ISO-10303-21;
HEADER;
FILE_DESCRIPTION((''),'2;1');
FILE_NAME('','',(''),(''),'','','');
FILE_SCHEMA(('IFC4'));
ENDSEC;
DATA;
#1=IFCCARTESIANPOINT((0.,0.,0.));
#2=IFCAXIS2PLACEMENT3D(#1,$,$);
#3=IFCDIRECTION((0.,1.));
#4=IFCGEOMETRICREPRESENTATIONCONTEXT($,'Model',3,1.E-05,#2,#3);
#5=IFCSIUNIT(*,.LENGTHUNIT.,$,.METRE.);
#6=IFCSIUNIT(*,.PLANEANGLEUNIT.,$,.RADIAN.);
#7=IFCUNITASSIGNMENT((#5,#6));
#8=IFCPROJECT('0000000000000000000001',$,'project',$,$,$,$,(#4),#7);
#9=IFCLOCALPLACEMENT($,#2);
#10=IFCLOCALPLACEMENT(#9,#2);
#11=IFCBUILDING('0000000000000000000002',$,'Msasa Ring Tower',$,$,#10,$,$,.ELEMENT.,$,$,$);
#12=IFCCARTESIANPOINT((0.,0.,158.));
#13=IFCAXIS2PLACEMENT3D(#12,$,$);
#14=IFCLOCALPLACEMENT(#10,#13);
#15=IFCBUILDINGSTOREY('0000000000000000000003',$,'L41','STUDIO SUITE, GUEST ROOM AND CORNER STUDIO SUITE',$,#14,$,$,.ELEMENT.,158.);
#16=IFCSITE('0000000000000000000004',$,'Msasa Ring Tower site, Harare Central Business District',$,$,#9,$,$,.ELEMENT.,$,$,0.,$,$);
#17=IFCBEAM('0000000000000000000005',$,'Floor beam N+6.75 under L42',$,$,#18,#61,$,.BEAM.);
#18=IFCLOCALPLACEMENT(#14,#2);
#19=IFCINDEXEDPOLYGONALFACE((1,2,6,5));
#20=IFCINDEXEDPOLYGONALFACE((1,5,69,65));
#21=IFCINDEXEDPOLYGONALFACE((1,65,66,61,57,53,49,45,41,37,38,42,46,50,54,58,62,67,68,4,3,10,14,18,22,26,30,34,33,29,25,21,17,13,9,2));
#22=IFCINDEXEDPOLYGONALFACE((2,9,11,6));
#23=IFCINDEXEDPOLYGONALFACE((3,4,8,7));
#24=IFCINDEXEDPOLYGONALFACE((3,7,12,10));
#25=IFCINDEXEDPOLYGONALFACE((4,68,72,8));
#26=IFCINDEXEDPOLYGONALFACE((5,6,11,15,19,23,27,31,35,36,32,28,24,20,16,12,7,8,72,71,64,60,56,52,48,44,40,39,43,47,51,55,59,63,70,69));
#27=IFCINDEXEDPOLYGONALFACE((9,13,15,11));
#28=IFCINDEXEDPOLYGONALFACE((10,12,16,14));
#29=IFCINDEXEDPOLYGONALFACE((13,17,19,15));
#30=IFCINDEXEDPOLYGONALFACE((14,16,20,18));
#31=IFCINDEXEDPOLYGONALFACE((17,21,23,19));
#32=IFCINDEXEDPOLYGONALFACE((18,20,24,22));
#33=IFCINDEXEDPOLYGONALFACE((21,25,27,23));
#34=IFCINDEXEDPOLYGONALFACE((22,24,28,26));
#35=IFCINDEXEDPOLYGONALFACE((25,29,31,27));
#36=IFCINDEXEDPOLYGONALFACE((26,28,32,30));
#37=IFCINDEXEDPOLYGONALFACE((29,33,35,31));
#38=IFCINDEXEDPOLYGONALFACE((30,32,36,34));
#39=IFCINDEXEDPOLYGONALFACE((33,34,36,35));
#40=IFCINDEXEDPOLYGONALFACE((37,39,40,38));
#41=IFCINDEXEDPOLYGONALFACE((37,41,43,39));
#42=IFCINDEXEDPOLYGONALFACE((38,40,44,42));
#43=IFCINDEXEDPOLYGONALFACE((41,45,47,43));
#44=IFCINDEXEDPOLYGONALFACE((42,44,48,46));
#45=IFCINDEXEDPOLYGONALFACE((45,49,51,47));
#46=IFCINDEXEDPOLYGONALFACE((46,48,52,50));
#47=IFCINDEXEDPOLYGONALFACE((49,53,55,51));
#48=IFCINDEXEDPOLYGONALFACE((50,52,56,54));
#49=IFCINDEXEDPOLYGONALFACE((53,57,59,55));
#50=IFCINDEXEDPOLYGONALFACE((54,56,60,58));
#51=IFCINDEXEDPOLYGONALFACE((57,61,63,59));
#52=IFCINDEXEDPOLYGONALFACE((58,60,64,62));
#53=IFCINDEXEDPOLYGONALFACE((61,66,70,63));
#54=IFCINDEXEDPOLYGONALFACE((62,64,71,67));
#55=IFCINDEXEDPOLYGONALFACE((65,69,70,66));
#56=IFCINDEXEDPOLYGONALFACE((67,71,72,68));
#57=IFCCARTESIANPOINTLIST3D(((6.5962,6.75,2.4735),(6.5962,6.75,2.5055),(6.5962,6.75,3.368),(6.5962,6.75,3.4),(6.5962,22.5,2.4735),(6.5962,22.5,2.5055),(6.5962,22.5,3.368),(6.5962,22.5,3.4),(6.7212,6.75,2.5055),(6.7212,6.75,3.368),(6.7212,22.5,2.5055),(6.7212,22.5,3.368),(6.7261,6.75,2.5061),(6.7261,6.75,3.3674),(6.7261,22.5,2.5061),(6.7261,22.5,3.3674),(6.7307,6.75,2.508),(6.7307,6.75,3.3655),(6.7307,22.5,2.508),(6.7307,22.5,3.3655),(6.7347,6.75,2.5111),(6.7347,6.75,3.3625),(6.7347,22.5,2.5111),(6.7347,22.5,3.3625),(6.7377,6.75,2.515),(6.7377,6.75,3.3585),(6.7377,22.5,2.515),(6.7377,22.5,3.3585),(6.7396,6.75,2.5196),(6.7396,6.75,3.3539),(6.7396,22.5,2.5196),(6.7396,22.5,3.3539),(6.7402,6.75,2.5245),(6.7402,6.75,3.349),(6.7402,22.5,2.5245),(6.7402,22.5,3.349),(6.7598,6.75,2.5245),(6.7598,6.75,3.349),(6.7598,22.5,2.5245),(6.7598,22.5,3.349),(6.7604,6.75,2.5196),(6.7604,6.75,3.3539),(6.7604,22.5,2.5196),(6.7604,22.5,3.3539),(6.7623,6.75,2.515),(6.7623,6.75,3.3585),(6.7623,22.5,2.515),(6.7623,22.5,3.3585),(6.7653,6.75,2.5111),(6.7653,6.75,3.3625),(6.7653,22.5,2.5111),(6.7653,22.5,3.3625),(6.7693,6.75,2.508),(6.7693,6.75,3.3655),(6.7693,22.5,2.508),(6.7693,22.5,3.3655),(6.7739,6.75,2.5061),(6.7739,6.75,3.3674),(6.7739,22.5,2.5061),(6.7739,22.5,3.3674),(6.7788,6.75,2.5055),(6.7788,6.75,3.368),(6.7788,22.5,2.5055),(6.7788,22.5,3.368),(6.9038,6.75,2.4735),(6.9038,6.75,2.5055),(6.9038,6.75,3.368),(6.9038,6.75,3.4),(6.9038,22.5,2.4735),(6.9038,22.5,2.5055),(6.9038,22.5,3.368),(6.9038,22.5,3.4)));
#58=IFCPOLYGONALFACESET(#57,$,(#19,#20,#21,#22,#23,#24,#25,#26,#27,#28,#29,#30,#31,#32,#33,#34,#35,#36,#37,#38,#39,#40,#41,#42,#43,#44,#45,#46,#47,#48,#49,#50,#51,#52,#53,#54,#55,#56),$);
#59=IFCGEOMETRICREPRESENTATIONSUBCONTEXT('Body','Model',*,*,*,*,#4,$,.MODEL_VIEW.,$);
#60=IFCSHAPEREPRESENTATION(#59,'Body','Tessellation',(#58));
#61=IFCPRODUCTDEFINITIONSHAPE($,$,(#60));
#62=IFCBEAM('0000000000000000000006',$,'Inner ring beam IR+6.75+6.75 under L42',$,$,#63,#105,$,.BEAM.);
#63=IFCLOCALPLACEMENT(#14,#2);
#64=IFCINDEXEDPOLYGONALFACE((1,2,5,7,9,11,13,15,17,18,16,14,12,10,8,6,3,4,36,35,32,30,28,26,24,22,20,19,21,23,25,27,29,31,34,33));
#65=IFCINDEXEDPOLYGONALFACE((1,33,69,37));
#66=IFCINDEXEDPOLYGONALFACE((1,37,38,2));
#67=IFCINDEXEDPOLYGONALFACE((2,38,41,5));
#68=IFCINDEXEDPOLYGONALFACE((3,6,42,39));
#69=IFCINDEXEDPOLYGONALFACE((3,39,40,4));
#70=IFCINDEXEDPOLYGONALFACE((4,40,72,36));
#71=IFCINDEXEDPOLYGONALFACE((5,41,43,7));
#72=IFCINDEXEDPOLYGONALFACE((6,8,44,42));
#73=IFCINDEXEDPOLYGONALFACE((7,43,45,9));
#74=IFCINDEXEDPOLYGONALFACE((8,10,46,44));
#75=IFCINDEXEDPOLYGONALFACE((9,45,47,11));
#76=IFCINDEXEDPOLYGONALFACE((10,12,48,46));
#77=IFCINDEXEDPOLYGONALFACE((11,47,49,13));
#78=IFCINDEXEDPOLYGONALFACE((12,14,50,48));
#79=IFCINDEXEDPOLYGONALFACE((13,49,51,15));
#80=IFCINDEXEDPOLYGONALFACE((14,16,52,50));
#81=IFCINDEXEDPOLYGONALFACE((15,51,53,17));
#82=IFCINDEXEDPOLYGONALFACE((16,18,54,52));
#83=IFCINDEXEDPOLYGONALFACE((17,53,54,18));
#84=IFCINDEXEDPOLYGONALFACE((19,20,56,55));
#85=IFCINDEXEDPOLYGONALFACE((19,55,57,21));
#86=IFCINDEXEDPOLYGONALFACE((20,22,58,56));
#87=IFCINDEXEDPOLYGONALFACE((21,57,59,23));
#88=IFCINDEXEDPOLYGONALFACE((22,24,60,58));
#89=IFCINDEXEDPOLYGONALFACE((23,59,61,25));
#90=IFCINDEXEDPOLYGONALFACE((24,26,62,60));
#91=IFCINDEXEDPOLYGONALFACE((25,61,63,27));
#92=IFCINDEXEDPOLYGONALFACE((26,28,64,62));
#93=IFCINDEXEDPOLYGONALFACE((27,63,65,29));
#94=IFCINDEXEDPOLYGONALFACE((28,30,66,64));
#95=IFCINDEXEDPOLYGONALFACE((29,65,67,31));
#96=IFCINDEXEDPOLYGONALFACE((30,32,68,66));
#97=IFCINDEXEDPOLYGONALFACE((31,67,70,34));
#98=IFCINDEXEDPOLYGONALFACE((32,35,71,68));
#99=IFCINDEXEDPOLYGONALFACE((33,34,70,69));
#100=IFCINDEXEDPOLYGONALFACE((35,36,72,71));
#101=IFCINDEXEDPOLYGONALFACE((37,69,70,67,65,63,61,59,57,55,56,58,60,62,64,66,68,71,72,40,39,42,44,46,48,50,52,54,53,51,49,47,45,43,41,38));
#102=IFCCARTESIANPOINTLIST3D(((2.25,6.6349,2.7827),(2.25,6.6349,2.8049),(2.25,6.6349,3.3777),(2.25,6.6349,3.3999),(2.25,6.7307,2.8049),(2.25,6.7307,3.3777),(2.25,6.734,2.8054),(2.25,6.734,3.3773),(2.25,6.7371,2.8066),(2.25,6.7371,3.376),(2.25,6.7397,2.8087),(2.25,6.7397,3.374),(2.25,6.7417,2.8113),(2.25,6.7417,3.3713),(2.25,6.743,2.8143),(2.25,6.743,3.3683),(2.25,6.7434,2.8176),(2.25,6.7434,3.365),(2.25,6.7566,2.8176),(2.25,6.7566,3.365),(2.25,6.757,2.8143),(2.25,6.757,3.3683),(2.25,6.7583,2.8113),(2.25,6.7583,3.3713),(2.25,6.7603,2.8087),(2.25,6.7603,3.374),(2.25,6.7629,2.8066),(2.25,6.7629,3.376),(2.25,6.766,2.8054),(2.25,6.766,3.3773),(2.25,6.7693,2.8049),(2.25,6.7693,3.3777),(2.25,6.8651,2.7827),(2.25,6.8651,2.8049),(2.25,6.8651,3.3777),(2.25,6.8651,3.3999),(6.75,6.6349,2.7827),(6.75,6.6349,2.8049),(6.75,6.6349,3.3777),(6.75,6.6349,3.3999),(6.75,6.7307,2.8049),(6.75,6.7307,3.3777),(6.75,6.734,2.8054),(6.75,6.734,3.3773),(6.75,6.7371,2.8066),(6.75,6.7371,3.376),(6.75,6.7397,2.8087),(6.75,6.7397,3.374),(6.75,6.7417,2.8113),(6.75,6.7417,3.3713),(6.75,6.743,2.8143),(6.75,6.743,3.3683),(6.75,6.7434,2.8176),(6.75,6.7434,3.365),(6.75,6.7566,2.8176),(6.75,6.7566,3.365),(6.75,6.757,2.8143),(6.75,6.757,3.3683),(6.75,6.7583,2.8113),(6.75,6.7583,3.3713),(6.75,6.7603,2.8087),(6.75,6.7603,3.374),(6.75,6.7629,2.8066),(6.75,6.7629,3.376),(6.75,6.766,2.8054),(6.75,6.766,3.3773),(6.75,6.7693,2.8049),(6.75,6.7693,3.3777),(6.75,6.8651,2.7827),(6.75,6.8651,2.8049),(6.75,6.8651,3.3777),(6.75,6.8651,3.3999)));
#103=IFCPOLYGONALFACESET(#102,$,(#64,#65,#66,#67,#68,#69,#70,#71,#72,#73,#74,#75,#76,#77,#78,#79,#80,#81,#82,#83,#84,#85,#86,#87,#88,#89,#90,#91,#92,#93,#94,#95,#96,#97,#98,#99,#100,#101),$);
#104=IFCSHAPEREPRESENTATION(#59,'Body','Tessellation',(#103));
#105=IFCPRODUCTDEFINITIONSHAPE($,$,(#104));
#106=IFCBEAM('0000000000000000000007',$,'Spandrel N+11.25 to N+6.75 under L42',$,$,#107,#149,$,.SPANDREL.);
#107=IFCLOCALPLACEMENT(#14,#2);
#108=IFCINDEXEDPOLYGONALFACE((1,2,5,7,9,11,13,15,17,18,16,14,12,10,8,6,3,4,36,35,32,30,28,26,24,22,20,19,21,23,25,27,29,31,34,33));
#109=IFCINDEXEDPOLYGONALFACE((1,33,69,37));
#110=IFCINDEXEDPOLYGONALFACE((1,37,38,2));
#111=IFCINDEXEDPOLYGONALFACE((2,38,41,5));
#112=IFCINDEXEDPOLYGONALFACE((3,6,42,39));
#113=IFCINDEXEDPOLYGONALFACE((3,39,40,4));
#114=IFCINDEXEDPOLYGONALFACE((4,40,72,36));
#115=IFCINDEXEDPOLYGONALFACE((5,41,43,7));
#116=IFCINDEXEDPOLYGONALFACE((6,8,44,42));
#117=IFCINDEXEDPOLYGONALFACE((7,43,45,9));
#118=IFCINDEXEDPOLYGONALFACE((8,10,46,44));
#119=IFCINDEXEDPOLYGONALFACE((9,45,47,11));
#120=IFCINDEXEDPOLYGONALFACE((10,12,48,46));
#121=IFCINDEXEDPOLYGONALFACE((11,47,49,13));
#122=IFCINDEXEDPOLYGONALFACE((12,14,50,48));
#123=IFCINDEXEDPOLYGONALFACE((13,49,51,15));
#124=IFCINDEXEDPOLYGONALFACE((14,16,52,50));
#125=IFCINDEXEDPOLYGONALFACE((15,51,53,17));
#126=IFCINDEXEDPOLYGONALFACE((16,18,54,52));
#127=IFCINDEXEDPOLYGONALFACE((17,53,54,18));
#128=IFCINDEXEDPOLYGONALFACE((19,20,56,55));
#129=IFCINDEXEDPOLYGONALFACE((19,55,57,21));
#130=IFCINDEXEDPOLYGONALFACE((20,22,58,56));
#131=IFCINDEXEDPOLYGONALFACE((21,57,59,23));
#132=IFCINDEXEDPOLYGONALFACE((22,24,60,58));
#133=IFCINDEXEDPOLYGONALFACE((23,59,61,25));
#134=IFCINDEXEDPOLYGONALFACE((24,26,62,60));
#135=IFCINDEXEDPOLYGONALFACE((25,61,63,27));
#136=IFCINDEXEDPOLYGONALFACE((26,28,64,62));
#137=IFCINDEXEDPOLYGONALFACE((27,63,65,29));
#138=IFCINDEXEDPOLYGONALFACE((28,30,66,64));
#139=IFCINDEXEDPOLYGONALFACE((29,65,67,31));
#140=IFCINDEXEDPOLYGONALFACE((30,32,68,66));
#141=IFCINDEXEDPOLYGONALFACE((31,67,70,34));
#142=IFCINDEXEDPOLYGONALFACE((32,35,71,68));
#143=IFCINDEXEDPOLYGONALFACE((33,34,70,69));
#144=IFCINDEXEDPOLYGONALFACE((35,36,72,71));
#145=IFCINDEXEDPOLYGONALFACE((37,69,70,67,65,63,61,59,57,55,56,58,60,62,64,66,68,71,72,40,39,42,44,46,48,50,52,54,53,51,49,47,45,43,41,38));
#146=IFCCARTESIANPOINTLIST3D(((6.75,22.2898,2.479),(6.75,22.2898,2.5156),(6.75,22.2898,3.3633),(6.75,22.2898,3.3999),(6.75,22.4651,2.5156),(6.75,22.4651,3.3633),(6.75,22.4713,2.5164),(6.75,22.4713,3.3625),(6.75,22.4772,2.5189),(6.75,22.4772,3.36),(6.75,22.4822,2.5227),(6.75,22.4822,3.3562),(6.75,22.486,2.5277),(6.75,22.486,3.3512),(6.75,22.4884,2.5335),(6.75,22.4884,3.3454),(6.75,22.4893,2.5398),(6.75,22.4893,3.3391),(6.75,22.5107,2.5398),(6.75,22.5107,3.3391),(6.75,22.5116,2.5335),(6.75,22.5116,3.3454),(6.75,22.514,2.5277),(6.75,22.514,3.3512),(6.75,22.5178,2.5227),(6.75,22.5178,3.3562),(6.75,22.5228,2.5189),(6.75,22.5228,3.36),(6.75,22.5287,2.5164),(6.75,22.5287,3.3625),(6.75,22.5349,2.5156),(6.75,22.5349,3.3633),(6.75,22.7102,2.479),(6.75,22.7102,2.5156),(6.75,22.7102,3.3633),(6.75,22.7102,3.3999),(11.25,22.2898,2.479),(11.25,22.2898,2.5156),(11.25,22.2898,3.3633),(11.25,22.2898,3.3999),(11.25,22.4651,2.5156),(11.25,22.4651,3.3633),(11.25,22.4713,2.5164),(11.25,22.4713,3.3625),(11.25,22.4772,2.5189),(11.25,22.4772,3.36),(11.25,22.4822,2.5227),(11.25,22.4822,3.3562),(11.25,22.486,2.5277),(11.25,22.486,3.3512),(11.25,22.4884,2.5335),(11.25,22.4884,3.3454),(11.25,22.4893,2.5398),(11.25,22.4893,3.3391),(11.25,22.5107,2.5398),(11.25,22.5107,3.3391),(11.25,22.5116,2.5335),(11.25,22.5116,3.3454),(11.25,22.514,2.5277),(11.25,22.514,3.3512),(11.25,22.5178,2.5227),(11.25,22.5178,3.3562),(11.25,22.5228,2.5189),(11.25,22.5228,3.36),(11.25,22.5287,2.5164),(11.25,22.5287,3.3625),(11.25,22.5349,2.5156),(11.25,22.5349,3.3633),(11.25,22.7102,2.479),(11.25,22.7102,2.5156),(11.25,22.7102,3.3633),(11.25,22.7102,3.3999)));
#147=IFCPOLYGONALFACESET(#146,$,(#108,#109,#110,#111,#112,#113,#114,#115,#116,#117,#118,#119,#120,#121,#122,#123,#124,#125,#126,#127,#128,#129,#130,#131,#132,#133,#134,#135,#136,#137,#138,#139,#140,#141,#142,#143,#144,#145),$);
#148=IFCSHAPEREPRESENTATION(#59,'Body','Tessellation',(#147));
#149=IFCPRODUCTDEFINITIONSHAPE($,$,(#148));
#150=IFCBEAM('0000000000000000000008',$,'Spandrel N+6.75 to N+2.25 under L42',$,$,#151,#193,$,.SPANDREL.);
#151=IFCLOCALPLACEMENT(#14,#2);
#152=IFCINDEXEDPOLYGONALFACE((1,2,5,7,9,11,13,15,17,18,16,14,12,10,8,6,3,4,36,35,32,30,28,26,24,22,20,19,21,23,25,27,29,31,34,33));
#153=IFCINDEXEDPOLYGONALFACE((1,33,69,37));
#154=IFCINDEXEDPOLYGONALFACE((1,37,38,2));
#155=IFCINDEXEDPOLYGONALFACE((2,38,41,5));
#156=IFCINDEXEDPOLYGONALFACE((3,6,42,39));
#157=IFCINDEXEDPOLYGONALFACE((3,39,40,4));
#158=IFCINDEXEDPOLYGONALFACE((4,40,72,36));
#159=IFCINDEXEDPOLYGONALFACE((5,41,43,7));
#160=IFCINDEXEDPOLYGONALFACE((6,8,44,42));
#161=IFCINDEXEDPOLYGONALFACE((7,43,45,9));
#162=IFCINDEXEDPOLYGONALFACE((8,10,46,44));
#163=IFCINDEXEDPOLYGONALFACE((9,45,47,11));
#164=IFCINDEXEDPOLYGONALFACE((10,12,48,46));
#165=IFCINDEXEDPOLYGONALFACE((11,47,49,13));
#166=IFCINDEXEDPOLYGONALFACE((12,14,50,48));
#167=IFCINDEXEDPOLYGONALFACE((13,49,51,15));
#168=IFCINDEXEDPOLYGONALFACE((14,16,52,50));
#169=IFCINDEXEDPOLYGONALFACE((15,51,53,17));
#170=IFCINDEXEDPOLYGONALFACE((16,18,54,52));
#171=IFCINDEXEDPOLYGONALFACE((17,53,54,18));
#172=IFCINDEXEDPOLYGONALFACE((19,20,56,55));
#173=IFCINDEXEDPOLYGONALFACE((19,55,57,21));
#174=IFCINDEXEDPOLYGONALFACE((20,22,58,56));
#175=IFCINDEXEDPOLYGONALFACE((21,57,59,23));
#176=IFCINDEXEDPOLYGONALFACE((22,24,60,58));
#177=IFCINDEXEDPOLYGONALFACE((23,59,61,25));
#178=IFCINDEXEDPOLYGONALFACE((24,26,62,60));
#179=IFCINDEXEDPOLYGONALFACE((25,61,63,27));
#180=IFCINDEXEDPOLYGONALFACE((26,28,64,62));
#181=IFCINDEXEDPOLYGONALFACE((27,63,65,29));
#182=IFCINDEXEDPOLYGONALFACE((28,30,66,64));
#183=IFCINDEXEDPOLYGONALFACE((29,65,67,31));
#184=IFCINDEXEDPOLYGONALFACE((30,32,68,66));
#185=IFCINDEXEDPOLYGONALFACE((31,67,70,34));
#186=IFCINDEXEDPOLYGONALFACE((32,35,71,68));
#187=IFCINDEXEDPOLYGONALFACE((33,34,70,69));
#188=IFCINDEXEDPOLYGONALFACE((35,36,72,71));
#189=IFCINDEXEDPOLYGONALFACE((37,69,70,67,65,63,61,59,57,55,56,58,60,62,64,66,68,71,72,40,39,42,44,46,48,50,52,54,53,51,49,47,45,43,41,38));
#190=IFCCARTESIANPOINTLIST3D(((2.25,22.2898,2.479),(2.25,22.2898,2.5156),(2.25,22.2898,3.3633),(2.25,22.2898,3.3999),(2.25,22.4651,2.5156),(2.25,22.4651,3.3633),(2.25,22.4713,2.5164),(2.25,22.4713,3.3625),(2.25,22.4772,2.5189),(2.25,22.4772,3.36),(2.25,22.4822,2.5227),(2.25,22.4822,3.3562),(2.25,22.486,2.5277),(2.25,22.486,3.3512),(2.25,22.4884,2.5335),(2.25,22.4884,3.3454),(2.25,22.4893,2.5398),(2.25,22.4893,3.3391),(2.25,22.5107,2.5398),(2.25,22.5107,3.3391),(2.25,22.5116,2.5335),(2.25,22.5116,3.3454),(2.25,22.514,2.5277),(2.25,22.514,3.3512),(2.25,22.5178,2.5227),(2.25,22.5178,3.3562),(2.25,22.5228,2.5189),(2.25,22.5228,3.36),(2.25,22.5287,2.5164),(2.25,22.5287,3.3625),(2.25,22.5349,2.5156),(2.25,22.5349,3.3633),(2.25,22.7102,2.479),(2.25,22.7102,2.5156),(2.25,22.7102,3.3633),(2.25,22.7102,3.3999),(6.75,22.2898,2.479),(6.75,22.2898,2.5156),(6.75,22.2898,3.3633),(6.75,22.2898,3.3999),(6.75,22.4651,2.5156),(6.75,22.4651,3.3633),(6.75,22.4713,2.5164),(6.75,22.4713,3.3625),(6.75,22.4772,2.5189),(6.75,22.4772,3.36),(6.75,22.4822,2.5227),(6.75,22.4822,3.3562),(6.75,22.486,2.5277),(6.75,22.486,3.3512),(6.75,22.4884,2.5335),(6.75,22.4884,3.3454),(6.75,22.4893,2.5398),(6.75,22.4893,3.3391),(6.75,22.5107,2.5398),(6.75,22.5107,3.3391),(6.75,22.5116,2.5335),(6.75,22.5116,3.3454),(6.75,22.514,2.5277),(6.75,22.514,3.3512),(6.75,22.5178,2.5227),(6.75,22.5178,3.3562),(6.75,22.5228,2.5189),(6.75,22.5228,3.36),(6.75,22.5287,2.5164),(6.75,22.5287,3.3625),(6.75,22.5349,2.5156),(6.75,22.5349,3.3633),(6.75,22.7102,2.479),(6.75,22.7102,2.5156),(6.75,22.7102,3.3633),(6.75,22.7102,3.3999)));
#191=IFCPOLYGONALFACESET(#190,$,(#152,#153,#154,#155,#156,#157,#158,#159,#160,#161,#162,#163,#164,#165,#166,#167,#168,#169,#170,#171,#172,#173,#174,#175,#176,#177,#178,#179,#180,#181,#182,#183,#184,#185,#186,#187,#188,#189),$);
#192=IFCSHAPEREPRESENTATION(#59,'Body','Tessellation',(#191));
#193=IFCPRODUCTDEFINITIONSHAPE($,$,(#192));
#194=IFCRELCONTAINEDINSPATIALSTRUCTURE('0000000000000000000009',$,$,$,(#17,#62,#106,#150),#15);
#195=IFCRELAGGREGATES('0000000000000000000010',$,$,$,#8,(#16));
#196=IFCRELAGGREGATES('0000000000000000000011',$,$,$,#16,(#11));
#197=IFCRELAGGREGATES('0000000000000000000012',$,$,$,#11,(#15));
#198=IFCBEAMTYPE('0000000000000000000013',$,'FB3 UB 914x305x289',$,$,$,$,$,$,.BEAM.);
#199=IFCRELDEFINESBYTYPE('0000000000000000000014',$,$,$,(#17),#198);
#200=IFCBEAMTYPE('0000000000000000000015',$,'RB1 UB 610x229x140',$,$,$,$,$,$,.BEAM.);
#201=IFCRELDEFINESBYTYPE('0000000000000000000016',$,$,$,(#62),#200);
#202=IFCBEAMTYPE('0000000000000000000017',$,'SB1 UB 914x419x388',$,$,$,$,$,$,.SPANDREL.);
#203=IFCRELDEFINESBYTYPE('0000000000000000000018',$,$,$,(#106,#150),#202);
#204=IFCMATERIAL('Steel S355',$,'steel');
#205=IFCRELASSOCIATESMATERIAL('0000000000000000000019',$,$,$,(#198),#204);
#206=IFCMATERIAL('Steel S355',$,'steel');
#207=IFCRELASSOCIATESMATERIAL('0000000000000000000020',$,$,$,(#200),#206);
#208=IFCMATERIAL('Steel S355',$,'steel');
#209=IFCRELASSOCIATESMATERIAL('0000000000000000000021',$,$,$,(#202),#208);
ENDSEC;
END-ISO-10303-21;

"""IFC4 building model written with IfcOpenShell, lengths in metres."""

from ifc_helpers import new_model, si_unit, direction, frame, origin, origin_2d, place, context, subcontext, project, spatial, i_section, extrude, material, material_profile, profile_set, type_object, element, save


model = new_model("IFC4")

# Units and contexts
model_context = context("Model", 3, precision=1e-05, world=origin(), true_north=direction((0.0, 1.0)))
body_context = subcontext(model_context, "Body", "Model", "MODEL_VIEW")
ifc_project = project(units=[si_unit("LENGTHUNIT", "METRE"), si_unit("PLANEANGLEUNIT", "RADIAN")], contexts=[model_context])

# Site, building, storey
site_placement = place(None, origin())
site = spatial("IfcSite", under=ifc_project, at=site_placement, Name="Msasa Ring Tower site, Harare Central Business District", CompositionType="ELEMENT", RefElevation=0.0)
building_placement = place(site_placement, origin())
building = spatial("IfcBuilding", under=site, at=building_placement, Name="Msasa Ring Tower", CompositionType="ELEMENT")
storey_placement = place(building_placement, frame((0.0, 0.0, 158.0)))
storey = spatial("IfcBuildingStorey", under=building, at=storey_placement, Name="L41", Description="STUDIO SUITE, GUEST ROOM AND CORNER STUDIO SUITE", CompositionType="ELEMENT", Elevation=158.0)

# Beams
ifc_material_1 = material(Name="Steel S355", Category="steel")
ifc_material_profile_1 = material_profile(ifc_material_1, i_section(OverallWidth=0.3076, OverallDepth=0.9265, WebThickness=0.0195, FlangeThickness=0.032, FilletRadius=0.019, at=origin_2d()), Name="UB 914x305x289")
ifc_profile_set_1 = profile_set([ifc_material_profile_1], Name="Steel S355")
beam_type_1 = type_object("IfcBeamType", Name="FB3 UB 914x305x289", PredefinedType="BEAM", material=ifc_profile_set_1)
for number, where, z_axis, x_axis, name in (
    (1, (6.75, 22.5, 2.9368), (0.0, -1.0, 0.0), (1.0, 0.0, 0.0), "Floor beam N+6.75 under L42"),
):
    element("IfcBeam", number, at=place(storey_placement, frame(where, z_axis=z_axis, x_axis=x_axis)), inside=storey, type_object=beam_type_1, Name=name, PredefinedType="BEAM", context=body_context, shape_type="SweptSolid", body=[
        extrude(i_section(OverallWidth=0.3076, OverallDepth=0.9265, WebThickness=0.0195, FlangeThickness=0.032, FilletRadius=0.019, at=origin_2d()), origin(), (0.0, 0.0, 1.0), 15.75),
    ])
ifc_material_2 = material(Name="Steel S355", Category="steel")
ifc_material_profile_2 = material_profile(ifc_material_2, i_section(OverallWidth=0.2302, OverallDepth=0.6172, WebThickness=0.0132, FlangeThickness=0.0222, FilletRadius=0.0127, at=origin_2d()), Name="UB 610x229x140")
ifc_profile_set_2 = profile_set([ifc_material_profile_2], Name="Steel S355")
beam_type_2 = type_object("IfcBeamType", Name="RB1 UB 610x229x140", PredefinedType="BEAM", material=ifc_profile_set_2)
beam_placement = place(storey_placement, frame((6.75, 6.75, 3.0913), z_axis=(-1.0, 0.0, 0.0), x_axis=(0.0, -1.0, 0.0)))
element("IfcBeam", 2, at=beam_placement, inside=storey, type_object=beam_type_2, Name="Inner ring beam IR+6.75+6.75 under L42", PredefinedType="BEAM", context=body_context, shape_type="SweptSolid", body=[
    extrude(i_section(OverallWidth=0.2302, OverallDepth=0.6172, WebThickness=0.0132, FlangeThickness=0.0222, FilletRadius=0.0127, at=origin_2d()), origin(), (0.0, 0.0, 1.0), 4.5),
])
ifc_material_3 = material(Name="Steel S355", Category="steel")
ifc_material_profile_3 = material_profile(ifc_material_3, i_section(OverallWidth=0.4204, OverallDepth=0.9209, WebThickness=0.0215, FlangeThickness=0.0366, FilletRadius=0.0242, at=origin_2d()), Name="UB 914x419x388")
ifc_profile_set_3 = profile_set([ifc_material_profile_3], Name="Steel S355")
beam_type_3 = type_object("IfcBeamType", Name="SB1 UB 914x419x388", PredefinedType="SPANDREL", material=ifc_profile_set_3)
for number, where, z_axis, x_axis, name in (
    (3, (11.25, 22.5, 2.9395), (-1.0, 0.0, 0.0), (0.0, -1.0, 0.0), "Spandrel N+11.25 to N+6.75 under L42"),
    (4, (6.75, 22.5, 2.9395), (-1.0, 0.0, 0.0), (0.0, -1.0, 0.0), "Spandrel N+6.75 to N+2.25 under L42"),
):
    element("IfcBeam", number, at=place(storey_placement, frame(where, z_axis=z_axis, x_axis=x_axis)), inside=storey, type_object=beam_type_3, Name=name, PredefinedType="SPANDREL", context=body_context, shape_type="SweptSolid", body=[
        extrude(i_section(OverallWidth=0.4204, OverallDepth=0.9209, WebThickness=0.0215, FlangeThickness=0.0366, FilletRadius=0.0242, at=origin_2d()), origin(), (0.0, 0.0, 1.0), 4.5),
    ])

save(model, "model.ifc")
